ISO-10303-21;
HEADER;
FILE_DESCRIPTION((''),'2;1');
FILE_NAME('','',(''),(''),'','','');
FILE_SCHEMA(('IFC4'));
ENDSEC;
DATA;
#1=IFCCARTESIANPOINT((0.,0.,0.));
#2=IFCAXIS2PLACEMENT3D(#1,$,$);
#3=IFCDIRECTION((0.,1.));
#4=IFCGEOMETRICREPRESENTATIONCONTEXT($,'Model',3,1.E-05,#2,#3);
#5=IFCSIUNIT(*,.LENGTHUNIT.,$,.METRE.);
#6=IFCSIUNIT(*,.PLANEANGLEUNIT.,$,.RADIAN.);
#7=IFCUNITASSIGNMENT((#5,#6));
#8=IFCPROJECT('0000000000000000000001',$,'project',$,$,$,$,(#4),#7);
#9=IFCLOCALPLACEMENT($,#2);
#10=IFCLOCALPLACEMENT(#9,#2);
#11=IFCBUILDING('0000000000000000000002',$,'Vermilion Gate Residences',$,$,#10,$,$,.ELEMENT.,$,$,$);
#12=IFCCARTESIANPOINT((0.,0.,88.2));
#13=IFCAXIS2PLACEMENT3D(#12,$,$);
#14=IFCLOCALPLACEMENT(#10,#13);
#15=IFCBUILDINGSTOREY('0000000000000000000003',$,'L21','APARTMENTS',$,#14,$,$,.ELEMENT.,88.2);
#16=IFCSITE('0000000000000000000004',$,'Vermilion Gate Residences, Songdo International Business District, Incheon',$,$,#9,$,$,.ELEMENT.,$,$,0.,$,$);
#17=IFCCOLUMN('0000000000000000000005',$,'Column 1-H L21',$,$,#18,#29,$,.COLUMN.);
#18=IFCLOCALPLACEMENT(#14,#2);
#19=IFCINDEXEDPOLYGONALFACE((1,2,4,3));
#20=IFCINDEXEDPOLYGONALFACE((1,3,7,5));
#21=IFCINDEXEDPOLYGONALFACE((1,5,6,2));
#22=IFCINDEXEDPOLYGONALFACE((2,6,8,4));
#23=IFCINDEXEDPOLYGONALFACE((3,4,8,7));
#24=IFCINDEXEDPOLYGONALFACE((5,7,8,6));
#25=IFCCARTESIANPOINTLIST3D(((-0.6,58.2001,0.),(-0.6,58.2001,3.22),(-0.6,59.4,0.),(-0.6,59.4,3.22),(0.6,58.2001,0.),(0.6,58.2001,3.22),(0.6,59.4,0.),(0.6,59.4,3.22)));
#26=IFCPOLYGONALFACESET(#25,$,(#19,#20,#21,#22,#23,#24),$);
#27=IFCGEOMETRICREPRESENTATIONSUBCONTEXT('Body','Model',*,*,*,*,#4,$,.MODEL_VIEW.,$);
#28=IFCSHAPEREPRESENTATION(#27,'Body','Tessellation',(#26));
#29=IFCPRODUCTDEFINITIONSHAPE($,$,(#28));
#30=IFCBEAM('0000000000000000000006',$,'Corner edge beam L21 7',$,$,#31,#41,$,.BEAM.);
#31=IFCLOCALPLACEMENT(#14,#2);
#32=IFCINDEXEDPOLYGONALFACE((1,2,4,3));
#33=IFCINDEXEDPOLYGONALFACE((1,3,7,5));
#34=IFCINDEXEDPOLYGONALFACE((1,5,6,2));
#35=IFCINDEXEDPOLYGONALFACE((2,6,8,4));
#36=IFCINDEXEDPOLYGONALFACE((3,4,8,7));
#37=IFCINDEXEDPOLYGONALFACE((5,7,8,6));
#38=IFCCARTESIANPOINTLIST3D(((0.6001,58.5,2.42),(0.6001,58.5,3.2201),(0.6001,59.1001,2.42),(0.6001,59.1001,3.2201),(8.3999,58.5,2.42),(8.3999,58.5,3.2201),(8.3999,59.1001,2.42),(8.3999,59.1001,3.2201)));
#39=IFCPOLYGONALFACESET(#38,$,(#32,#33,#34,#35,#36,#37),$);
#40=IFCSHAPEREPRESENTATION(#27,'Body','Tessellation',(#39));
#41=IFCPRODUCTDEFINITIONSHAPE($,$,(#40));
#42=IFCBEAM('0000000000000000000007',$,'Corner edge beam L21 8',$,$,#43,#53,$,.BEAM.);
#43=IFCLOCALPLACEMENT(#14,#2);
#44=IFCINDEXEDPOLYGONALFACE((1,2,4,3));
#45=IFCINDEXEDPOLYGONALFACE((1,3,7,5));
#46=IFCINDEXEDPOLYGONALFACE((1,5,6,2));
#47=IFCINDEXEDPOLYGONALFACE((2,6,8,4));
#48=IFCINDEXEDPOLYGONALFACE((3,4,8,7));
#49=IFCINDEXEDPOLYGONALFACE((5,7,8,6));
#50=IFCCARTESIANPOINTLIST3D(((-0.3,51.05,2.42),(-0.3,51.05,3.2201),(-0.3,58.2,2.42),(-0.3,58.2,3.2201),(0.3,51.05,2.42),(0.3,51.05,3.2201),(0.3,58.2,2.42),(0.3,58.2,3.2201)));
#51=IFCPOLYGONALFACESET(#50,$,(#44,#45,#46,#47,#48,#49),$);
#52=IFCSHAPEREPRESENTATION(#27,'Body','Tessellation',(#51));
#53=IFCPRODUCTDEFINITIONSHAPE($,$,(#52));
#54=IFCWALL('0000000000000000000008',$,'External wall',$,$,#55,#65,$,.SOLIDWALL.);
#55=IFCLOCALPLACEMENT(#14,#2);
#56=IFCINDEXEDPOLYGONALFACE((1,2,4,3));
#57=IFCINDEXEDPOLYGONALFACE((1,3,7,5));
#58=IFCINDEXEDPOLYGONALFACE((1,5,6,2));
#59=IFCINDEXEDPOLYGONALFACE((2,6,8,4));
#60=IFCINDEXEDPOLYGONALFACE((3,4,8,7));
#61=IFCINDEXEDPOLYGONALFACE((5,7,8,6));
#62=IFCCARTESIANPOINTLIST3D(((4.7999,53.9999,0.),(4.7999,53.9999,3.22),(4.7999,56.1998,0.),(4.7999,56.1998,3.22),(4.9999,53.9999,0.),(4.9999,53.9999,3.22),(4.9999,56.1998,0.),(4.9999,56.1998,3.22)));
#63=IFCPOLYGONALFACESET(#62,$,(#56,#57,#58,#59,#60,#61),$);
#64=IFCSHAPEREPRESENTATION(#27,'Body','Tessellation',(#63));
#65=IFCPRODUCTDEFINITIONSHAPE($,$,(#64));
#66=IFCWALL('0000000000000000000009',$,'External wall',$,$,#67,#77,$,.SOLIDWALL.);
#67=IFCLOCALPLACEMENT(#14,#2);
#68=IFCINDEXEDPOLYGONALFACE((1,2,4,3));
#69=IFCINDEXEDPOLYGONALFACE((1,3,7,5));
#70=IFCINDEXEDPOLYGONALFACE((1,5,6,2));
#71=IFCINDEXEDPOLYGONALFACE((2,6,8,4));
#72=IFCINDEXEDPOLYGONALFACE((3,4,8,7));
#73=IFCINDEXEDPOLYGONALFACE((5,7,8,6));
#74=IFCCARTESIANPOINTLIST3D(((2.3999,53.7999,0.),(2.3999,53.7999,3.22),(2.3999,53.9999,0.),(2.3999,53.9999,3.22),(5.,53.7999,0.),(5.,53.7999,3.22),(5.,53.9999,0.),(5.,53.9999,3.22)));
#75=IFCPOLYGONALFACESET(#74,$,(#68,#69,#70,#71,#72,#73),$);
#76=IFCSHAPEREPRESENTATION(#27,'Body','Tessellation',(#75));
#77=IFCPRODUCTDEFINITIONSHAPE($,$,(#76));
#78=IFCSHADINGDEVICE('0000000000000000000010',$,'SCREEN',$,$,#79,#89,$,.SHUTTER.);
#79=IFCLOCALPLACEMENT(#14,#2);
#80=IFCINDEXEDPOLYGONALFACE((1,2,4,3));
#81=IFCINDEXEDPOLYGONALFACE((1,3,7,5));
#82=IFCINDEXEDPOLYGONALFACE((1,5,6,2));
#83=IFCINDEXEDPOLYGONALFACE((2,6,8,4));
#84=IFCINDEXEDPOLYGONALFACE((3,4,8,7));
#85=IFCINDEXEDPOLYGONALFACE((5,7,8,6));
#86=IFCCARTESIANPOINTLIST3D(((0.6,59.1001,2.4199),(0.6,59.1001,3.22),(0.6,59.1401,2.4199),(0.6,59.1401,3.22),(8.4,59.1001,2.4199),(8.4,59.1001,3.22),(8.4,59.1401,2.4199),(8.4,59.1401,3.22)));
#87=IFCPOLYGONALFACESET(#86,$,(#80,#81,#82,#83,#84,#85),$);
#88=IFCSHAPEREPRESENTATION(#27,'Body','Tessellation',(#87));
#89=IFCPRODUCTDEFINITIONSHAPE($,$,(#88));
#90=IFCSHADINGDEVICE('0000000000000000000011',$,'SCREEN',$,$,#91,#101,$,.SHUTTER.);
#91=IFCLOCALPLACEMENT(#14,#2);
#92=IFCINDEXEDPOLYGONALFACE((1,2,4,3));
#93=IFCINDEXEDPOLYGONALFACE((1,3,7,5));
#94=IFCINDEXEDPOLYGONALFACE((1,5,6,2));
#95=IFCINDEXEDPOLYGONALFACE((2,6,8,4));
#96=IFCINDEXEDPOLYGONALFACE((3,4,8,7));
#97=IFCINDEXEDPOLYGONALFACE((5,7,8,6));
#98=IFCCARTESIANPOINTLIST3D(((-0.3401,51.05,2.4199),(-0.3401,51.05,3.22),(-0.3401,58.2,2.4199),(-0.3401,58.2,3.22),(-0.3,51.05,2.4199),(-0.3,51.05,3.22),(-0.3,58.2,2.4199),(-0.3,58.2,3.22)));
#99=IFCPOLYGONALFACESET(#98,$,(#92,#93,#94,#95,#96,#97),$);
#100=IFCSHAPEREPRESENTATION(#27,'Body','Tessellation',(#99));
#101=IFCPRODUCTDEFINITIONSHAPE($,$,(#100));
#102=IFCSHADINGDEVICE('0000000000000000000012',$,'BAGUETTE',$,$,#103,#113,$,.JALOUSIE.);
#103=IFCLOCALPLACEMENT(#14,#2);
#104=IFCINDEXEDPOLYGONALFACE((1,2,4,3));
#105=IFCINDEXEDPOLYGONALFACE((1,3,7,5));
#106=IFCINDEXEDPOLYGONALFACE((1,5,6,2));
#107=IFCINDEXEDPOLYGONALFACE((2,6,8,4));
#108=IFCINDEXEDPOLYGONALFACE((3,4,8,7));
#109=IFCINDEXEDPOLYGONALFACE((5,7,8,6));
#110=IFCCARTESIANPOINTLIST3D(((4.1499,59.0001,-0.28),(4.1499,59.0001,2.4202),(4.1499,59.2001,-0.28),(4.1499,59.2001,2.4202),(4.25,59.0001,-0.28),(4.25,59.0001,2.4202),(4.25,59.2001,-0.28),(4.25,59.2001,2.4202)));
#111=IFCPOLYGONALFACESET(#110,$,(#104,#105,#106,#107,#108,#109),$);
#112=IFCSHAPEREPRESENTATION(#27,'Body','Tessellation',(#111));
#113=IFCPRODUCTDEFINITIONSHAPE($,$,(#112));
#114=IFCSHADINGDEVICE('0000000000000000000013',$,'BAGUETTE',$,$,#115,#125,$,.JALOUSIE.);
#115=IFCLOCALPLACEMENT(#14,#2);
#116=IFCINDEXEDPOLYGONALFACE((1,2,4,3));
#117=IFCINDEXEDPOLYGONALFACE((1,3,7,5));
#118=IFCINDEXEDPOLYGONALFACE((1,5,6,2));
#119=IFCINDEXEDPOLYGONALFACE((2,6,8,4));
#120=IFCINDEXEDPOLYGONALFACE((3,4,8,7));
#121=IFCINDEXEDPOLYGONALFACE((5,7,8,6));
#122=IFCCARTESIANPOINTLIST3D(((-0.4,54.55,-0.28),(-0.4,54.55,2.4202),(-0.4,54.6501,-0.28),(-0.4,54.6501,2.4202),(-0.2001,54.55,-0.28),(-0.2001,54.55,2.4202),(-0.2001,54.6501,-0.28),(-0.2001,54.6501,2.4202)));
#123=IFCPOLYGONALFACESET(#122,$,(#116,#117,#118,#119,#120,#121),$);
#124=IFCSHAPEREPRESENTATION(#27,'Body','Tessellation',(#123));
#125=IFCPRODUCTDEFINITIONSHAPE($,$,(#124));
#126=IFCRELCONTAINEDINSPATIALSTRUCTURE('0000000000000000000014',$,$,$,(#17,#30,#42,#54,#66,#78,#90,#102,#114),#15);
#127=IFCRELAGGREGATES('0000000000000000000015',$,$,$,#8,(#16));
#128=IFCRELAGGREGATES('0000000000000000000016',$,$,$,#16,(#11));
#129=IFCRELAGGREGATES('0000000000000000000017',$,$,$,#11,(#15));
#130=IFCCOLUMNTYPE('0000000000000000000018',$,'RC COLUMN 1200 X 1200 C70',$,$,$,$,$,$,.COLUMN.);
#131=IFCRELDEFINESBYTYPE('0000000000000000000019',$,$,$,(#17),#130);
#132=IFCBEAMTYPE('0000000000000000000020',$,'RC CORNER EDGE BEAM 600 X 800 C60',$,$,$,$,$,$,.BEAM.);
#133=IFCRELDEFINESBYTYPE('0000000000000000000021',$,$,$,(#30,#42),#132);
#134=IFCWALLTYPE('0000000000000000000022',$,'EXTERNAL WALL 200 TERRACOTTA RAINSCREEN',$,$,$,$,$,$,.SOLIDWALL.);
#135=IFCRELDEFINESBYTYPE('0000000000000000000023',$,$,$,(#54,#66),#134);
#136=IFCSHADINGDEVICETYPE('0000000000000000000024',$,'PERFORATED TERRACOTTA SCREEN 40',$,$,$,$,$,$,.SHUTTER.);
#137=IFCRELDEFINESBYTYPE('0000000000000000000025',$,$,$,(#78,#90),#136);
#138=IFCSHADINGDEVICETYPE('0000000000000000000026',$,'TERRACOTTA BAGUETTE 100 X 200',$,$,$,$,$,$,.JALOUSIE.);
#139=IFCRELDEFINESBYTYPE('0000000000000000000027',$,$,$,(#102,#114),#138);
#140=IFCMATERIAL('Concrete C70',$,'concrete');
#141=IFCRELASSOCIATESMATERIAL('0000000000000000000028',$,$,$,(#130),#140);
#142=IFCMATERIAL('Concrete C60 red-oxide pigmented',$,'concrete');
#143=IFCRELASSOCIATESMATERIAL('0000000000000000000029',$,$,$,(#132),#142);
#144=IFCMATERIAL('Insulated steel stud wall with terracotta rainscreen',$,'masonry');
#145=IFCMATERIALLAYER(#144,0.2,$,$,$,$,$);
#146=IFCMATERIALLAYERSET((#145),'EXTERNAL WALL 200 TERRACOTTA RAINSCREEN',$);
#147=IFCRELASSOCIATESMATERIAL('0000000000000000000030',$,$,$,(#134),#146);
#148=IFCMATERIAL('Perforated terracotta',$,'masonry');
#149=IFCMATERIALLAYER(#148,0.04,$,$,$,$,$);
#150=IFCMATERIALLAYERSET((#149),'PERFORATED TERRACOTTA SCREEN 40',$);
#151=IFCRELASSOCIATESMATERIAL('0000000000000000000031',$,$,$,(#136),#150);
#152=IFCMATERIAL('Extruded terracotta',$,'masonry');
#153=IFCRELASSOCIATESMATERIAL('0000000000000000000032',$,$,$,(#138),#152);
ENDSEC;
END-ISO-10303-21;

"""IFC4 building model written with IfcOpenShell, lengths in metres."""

from ifc_helpers import new_model, si_unit, direction, frame, frame_2d, origin, origin_2d, place, context, subcontext, project, spatial, rectangle, extrude, material, layer, layer_set, material_profile, profile_set, type_object, element, save


model = new_model("IFC4")

# Units and contexts
model_context = context("Model", 3, precision=1e-05, world=origin(), true_north=direction((0.0, 1.0)))
body_context = subcontext(model_context, "Body", "Model", "MODEL_VIEW")
ifc_project = project(units=[si_unit("LENGTHUNIT", "METRE"), si_unit("PLANEANGLEUNIT", "RADIAN")], contexts=[model_context])

# Site, building, storey
site_placement = place(None, origin())
site = spatial("IfcSite", under=ifc_project, at=site_placement, Name="Vermilion Gate Residences, Songdo International Business District, Incheon", CompositionType="ELEMENT", RefElevation=0.0)
building_placement = place(site_placement, origin())
building = spatial("IfcBuilding", under=site, at=building_placement, Name="Vermilion Gate Residences", CompositionType="ELEMENT")
storey_placement = place(building_placement, frame((0.0, 0.0, 88.2)))
storey = spatial("IfcBuildingStorey", under=building, at=storey_placement, Name="L21", Description="APARTMENTS", CompositionType="ELEMENT", Elevation=88.2)

# Column
ifc_material_1 = material(Name="Concrete C70", Category="concrete")
ifc_material_profile_1 = material_profile(ifc_material_1, rectangle(XDim=1.2, YDim=1.2, at=origin_2d()), Name="RC-1200x1200")
ifc_profile_set_1 = profile_set([ifc_material_profile_1], Name="Concrete C70")
column_type = type_object("IfcColumnType", Name="RC COLUMN 1200 X 1200 C70", PredefinedType="COLUMN", material=ifc_profile_set_1)
column_placement = place(storey_placement, frame((0.0, 58.8, 0.0), z_axis=(0.0, 0.0, 1.0), x_axis=(1.0, 0.0, 0.0)))
element("IfcColumn", 1, at=column_placement, inside=storey, type_object=column_type, Name="Column 1-H L21", PredefinedType="COLUMN", context=body_context, shape_type="SweptSolid", body=[
    extrude(rectangle(XDim=1.2, YDim=1.2, at=origin_2d()), origin(), (0.0, 0.0, 1.0), 3.22),
])

# Beams
ifc_material_2 = material(Name="Concrete C60 red-oxide pigmented", Category="concrete")
ifc_material_profile_2 = material_profile(ifc_material_2, rectangle(XDim=0.6001, YDim=0.8, at=origin_2d()), Name="RC-600x800")
ifc_profile_set_2 = profile_set([ifc_material_profile_2], Name="Concrete C60 red-oxide pigmented")
beam_type = type_object("IfcBeamType", Name="RC CORNER EDGE BEAM 600 X 800 C60", PredefinedType="BEAM", material=ifc_profile_set_2)
beam_1_placement = place(storey_placement, frame((0.6001, 58.8, 2.8201), z_axis=(1.0, 0.0, 0.0), x_axis=(0.0, 1.0, 0.0)))
element("IfcBeam", 2, at=beam_1_placement, inside=storey, type_object=beam_type, Name="Corner edge beam L21 7", PredefinedType="BEAM", context=body_context, shape_type="SweptSolid", body=[
    extrude(rectangle(XDim=0.6001, YDim=0.8, at=origin_2d()), origin(), (0.0, 0.0, 1.0), 7.7998),
])
beam_2_placement = place(storey_placement, frame((0.0, 51.05, 2.8201), z_axis=(0.0, 1.0, 0.0), x_axis=(-1.0, 0.0, 0.0)))
element("IfcBeam", 3, at=beam_2_placement, inside=storey, type_object=beam_type, Name="Corner edge beam L21 8", PredefinedType="BEAM", context=body_context, shape_type="SweptSolid", body=[
    extrude(rectangle(XDim=0.6001, YDim=0.8, at=origin_2d()), origin(), (0.0, 0.0, 1.0), 7.1499),
])

# Walls
ifc_material_3 = material(Name="Insulated steel stud wall with terracotta rainscreen", Category="masonry")
ifc_layer_1 = layer(ifc_material_3, 0.2)
ifc_layer_set_1 = layer_set([ifc_layer_1], Name="EXTERNAL WALL 200 TERRACOTTA RAINSCREEN")
wall_type = type_object("IfcWallType", Name="EXTERNAL WALL 200 TERRACOTTA RAINSCREEN", PredefinedType="SOLIDWALL", material=ifc_layer_set_1)
wall_1_placement = place(storey_placement, frame((4.8999, 56.2, 0.0), z_axis=(0.0, 0.0, 1.0), x_axis=(0.0, -1.0, 0.0)))
element("IfcWall", 4, at=wall_1_placement, inside=storey, type_object=wall_type, Name="External wall", PredefinedType="SOLIDWALL", context=body_context, shape_type="SweptSolid", body=[
    extrude(rectangle(XDim=2.2, YDim=0.2, at=frame_2d((1.1001, 0.0))), origin(), (0.0, 0.0, 1.0), 3.22),
])
wall_2_placement = place(storey_placement, frame((5.0, 53.8999, 0.0), z_axis=(0.0, 0.0, 1.0), x_axis=(-1.0, 0.0, 0.0)))
element("IfcWall", 5, at=wall_2_placement, inside=storey, type_object=wall_type, Name="External wall", PredefinedType="SOLIDWALL", context=body_context, shape_type="SweptSolid", body=[
    extrude(rectangle(XDim=2.6001, YDim=0.2, at=frame_2d((1.3, 0.0))), origin(), (0.0, 0.0, 1.0), 3.22),
])

# Shading devices
ifc_material_4 = material(Name="Perforated terracotta", Category="masonry")
ifc_layer_2 = layer(ifc_material_4, 0.04)
ifc_layer_set_2 = layer_set([ifc_layer_2], Name="PERFORATED TERRACOTTA SCREEN 40")
shading_device_type_1 = type_object("IfcShadingDeviceType", Name="PERFORATED TERRACOTTA SCREEN 40", PredefinedType="SHUTTER", material=ifc_layer_set_2)
shading_device_1_placement = place(storey_placement, frame((4.5, 59.1201, 2.4199), z_axis=(0.0, 0.0, 1.0), x_axis=(-1.0, 0.0, 0.0)))
element("IfcShadingDevice", 6, at=shading_device_1_placement, inside=storey, type_object=shading_device_type_1, Name="SCREEN", PredefinedType="SHUTTER", context=body_context, shape_type="SweptSolid", body=[
    extrude(rectangle(XDim=7.8, YDim=0.04, at=origin_2d()), origin(), (0.0, 0.0, 1.0), 0.8),
])
shading_device_2_placement = place(storey_placement, frame((-0.3201, 54.625, 2.4199), z_axis=(0.0, 0.0, 1.0), x_axis=(0.0, -1.0, 0.0)))
element("IfcShadingDevice", 7, at=shading_device_2_placement, inside=storey, type_object=shading_device_type_1, Name="SCREEN", PredefinedType="SHUTTER", context=body_context, shape_type="SweptSolid", body=[
    extrude(rectangle(XDim=7.1499, YDim=0.04, at=origin_2d()), origin(), (0.0, 0.0, 1.0), 0.8),
])
ifc_material_5 = material(Name="Extruded terracotta", Category="masonry")
ifc_material_profile_3 = material_profile(ifc_material_5, rectangle(XDim=0.2, YDim=0.1001, at=origin_2d()), Name="BAGUETTE 100 X 200")
ifc_profile_set_3 = profile_set([ifc_material_profile_3], Name="Extruded terracotta")
shading_device_type_2 = type_object("IfcShadingDeviceType", Name="TERRACOTTA BAGUETTE 100 X 200", PredefinedType="JALOUSIE", material=ifc_profile_set_3)
for number, where, z_axis, x_axis, name in (
    (8, (4.2, 59.1001, -0.28), (0.0, 0.0, 1.0), (0.0, -1.0, 0.0), "BAGUETTE"),
    (9, (-0.3, 54.6001, -0.28), (0.0, 0.0, 1.0), (1.0, 0.0, 0.0), "BAGUETTE"),
):
    element("IfcShadingDevice", number, at=place(storey_placement, frame(where, z_axis=z_axis, x_axis=x_axis)), inside=storey, type_object=shading_device_type_2, Name=name, PredefinedType="JALOUSIE", context=body_context, shape_type="SweptSolid", body=[
        extrude(rectangle(XDim=0.2, YDim=0.1001, at=origin_2d()), origin(), (0.0, 0.0, 1.0), 2.7002),
    ])

save(model, "model.ifc")
